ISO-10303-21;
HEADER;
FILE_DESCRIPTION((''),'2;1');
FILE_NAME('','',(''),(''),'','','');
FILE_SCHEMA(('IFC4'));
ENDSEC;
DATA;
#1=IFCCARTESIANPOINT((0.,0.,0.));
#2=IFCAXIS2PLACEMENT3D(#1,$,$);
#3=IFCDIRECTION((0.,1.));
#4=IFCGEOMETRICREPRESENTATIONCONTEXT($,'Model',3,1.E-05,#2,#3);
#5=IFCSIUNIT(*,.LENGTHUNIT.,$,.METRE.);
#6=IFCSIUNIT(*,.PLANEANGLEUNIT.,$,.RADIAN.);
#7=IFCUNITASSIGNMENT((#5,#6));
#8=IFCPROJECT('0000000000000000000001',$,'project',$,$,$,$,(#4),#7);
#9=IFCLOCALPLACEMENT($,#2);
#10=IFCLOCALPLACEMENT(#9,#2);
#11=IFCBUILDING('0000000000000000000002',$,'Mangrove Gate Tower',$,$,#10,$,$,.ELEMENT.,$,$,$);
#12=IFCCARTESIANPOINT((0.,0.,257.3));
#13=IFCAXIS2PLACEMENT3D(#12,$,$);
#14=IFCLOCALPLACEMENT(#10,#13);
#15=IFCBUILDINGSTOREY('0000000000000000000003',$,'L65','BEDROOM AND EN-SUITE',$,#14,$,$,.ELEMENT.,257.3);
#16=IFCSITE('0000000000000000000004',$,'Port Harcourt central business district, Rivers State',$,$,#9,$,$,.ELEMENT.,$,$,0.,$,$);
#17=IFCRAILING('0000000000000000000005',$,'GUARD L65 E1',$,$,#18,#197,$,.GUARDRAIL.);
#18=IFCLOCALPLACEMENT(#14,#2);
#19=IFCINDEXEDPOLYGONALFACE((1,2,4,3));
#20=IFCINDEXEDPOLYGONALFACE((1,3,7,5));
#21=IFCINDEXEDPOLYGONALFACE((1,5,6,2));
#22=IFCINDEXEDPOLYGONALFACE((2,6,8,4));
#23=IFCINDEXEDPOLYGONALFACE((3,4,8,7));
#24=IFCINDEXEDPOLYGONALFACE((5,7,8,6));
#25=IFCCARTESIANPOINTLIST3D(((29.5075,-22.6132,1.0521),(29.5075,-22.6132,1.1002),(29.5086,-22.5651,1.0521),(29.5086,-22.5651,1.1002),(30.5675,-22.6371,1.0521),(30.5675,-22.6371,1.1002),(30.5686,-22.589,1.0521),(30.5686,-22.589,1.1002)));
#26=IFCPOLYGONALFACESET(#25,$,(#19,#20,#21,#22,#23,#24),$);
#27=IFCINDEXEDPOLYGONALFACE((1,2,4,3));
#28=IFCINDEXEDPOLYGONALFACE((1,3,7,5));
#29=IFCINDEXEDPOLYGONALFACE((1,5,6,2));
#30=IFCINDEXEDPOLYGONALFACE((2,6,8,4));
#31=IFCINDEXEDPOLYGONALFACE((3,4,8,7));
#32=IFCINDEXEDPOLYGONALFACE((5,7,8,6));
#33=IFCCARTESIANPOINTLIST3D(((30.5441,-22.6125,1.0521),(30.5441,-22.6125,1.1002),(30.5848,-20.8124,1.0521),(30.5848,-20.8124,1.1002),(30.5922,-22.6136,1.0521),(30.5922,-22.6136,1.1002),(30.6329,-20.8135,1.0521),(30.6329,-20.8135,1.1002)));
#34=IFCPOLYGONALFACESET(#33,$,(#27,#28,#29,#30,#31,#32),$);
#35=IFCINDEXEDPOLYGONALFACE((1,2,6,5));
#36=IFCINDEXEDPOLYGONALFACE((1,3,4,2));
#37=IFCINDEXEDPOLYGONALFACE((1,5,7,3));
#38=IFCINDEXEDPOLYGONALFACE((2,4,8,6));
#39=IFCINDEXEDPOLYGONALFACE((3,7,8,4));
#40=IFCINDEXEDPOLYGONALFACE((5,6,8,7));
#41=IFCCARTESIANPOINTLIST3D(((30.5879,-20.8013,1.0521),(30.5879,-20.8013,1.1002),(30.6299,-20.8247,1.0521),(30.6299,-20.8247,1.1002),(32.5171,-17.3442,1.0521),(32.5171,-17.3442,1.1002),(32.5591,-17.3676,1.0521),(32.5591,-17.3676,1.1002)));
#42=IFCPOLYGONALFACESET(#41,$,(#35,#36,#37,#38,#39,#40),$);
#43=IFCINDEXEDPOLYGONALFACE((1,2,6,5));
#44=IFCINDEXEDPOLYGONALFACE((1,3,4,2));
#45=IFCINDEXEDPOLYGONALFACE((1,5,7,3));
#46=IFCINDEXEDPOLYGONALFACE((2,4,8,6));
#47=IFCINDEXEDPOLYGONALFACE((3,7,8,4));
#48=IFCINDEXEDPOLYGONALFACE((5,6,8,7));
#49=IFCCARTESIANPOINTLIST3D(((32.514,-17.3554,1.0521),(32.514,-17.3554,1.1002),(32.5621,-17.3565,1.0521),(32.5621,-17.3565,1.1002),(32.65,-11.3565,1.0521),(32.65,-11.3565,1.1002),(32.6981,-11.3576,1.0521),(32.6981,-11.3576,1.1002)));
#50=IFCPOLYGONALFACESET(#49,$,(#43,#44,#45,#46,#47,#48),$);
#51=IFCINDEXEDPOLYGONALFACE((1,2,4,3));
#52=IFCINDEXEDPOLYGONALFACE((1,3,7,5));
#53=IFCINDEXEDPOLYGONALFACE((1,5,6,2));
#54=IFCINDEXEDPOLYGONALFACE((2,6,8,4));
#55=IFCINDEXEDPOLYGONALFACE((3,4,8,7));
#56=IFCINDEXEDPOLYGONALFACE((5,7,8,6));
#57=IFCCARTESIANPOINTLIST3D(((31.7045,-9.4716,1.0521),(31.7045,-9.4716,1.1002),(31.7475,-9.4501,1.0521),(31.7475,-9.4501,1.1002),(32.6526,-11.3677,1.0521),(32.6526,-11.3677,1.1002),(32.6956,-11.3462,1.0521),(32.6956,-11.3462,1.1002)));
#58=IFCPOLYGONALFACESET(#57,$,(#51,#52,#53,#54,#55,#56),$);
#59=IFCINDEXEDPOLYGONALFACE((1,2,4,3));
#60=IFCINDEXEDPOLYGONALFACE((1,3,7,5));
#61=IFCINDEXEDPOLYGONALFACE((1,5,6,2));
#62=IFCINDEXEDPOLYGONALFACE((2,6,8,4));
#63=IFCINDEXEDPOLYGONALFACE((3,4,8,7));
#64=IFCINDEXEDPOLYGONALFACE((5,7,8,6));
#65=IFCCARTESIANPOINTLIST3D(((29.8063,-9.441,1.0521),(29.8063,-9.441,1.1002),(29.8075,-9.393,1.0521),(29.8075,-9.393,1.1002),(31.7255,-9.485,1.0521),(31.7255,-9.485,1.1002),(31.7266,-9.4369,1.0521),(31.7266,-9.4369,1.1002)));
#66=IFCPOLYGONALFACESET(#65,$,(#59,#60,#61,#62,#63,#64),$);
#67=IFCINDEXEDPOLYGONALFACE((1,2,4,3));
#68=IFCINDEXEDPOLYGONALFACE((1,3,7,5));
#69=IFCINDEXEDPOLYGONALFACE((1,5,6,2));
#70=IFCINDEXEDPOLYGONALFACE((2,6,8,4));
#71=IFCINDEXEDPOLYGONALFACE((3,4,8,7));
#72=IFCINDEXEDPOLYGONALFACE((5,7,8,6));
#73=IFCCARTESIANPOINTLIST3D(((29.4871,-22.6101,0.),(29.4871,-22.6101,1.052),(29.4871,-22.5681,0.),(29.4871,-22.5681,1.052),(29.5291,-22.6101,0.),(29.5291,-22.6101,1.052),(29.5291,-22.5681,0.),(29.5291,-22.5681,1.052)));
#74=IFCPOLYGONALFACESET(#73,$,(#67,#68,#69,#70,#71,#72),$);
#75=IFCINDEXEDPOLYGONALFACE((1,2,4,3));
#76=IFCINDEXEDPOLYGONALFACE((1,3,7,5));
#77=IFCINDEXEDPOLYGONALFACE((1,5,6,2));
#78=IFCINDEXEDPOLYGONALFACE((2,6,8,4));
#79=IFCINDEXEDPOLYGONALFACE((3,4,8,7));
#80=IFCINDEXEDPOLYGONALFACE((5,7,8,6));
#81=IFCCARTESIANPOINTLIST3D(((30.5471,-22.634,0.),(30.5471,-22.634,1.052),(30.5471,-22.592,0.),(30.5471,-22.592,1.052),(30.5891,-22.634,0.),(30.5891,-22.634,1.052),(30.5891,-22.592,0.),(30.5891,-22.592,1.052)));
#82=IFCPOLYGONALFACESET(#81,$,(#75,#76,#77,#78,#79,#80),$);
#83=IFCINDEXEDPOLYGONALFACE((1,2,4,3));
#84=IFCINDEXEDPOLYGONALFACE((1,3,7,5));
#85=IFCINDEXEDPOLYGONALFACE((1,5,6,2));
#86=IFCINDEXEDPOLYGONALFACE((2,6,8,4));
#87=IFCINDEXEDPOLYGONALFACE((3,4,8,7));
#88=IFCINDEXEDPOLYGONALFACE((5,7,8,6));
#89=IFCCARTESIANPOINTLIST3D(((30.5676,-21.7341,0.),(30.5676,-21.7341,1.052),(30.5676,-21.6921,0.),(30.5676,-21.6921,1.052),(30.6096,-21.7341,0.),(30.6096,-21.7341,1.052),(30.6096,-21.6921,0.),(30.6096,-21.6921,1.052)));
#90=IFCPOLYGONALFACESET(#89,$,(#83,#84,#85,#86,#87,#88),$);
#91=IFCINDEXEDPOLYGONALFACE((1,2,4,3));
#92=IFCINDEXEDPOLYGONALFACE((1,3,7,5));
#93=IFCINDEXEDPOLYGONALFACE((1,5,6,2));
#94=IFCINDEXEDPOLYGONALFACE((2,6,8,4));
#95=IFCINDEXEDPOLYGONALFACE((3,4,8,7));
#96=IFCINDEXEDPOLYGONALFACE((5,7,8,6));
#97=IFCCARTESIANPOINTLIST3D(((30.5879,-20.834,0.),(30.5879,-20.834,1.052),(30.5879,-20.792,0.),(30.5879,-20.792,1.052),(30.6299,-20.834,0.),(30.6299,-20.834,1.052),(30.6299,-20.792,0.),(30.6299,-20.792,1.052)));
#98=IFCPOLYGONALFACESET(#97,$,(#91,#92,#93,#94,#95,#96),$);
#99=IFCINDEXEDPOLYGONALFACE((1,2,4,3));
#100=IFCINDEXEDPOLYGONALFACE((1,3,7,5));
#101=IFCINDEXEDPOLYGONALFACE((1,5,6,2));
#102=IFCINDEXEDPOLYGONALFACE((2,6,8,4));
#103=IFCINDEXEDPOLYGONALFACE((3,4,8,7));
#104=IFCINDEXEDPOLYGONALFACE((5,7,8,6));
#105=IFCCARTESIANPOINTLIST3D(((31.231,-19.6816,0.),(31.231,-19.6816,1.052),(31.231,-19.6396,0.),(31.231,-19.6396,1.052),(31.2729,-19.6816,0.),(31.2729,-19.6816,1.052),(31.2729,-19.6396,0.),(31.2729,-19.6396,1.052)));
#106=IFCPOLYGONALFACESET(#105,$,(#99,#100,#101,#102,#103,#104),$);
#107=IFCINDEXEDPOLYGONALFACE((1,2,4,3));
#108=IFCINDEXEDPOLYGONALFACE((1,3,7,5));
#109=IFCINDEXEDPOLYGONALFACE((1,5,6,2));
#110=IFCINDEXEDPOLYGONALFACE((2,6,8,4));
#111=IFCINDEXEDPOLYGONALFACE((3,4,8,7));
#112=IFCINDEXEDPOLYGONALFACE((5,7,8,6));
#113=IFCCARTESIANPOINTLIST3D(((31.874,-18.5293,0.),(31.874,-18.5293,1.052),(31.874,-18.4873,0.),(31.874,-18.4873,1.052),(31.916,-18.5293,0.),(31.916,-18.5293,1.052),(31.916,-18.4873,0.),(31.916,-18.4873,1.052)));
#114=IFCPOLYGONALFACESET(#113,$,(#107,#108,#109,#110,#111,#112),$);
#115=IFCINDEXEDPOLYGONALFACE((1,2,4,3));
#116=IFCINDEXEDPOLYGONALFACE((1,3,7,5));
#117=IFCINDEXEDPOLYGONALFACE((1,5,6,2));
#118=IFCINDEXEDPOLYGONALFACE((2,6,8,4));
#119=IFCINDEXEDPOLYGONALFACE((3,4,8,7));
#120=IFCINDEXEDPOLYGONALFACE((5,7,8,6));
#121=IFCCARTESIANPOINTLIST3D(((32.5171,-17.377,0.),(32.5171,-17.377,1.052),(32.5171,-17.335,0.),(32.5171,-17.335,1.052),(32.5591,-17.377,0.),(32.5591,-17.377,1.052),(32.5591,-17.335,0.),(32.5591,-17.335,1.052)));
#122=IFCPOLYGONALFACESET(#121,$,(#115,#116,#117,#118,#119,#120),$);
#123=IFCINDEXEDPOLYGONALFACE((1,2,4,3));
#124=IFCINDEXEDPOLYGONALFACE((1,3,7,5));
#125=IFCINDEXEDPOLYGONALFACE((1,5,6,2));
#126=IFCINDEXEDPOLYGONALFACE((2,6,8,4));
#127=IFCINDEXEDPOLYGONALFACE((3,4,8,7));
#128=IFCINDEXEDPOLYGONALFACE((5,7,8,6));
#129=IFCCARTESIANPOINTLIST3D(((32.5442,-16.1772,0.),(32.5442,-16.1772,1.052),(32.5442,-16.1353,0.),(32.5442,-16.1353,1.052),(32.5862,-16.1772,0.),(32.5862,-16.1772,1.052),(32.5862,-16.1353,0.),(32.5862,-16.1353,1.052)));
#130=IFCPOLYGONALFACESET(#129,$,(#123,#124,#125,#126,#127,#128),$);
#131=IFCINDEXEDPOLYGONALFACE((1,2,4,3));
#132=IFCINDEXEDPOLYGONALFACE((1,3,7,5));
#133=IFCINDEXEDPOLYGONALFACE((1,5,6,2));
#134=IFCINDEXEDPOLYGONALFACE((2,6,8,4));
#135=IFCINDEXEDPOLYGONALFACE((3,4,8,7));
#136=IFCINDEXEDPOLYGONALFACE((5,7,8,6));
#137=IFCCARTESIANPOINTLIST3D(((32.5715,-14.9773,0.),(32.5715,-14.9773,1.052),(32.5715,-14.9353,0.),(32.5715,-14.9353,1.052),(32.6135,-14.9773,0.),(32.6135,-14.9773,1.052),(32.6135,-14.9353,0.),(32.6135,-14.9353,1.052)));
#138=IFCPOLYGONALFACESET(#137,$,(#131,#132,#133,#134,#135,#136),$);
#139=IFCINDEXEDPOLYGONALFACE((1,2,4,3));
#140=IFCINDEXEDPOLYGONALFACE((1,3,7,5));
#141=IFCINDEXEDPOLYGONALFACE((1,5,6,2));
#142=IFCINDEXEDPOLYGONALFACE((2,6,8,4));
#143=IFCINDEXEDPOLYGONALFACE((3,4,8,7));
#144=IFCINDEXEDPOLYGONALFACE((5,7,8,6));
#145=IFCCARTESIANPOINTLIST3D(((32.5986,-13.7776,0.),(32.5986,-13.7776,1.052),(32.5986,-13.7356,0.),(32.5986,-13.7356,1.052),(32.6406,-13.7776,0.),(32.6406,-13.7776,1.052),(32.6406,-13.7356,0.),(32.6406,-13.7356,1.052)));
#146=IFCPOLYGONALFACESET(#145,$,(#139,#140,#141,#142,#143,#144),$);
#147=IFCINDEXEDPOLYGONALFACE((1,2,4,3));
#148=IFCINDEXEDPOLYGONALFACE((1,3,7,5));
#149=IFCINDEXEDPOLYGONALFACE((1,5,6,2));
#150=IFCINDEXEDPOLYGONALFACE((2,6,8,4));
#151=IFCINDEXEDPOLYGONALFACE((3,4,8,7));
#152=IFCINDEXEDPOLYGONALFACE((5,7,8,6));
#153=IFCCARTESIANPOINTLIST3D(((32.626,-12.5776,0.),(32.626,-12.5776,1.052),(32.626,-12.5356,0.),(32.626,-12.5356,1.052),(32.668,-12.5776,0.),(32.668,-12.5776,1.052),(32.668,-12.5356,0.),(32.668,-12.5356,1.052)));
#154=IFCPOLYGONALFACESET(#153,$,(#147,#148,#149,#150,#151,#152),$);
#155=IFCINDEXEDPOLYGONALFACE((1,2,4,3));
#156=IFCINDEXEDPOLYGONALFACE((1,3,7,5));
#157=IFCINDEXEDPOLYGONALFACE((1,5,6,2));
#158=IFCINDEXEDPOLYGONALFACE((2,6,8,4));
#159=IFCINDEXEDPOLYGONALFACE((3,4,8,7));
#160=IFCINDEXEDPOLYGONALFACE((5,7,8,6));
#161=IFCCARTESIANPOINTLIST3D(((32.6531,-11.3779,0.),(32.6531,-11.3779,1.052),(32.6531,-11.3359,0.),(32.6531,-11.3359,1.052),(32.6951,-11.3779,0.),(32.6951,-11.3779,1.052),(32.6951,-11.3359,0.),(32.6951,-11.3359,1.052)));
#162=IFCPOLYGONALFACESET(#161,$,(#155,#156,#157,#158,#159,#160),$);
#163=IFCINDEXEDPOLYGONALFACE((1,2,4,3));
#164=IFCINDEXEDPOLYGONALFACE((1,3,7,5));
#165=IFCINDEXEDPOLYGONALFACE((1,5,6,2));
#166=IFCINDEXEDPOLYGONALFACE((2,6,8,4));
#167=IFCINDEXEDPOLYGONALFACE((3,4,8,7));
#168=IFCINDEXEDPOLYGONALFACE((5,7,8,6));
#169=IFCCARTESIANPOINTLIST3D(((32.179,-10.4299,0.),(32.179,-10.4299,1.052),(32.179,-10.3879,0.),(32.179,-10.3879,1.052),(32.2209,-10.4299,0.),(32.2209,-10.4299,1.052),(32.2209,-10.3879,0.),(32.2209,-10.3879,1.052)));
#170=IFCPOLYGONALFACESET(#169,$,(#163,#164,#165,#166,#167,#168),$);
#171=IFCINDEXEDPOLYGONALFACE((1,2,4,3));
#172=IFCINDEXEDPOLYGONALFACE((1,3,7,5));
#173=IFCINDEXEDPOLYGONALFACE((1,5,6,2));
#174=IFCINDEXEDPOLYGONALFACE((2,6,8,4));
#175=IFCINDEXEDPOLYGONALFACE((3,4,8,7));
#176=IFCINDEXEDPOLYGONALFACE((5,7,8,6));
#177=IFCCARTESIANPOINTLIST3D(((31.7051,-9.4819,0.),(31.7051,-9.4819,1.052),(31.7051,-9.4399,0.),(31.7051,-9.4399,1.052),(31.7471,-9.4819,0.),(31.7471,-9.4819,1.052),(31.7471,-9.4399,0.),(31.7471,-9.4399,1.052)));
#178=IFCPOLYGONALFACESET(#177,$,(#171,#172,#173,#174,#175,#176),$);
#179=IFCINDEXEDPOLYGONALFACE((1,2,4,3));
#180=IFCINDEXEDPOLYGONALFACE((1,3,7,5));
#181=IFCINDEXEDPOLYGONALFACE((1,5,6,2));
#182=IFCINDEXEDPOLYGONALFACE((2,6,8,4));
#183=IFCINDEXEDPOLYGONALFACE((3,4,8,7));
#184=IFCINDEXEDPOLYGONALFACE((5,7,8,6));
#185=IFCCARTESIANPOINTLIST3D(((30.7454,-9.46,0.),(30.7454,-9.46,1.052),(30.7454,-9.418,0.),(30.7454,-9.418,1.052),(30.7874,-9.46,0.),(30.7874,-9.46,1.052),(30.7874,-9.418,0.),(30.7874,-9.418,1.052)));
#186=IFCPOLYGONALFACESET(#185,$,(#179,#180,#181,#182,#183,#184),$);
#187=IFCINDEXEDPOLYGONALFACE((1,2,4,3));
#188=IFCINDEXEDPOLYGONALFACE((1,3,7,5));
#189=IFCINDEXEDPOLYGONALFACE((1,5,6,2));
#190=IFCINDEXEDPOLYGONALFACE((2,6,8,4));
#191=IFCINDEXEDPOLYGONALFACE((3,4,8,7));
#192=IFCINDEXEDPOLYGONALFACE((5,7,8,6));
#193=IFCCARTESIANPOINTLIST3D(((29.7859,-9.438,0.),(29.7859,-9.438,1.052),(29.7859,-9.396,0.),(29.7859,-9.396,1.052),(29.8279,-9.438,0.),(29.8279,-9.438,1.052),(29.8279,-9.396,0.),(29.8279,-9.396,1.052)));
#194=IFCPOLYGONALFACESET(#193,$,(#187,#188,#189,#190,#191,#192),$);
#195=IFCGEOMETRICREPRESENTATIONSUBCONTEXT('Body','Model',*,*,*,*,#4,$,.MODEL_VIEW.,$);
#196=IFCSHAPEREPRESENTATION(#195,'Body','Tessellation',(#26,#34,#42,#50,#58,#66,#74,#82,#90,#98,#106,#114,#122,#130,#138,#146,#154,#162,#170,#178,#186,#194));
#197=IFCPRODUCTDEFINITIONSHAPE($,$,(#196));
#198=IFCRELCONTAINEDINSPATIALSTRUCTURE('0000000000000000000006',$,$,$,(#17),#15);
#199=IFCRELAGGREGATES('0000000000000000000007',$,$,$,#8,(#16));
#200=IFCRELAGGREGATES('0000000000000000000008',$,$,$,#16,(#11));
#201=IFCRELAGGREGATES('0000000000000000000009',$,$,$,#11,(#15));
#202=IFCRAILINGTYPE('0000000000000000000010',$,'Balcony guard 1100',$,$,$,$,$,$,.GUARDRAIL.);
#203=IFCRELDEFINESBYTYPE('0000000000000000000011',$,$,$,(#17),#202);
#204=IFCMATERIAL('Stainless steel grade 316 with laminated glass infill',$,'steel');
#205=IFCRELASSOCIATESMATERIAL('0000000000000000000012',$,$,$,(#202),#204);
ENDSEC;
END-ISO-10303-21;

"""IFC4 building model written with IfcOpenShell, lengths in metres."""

from ifc_helpers import new_model, si_unit, direction, frame, origin, origin_2d, place, context, subcontext, project, spatial, rectangle, extrude, material, type_object, element, save


model = new_model("IFC4")

# Units and contexts
model_context = context("Model", 3, precision=1e-05, world=origin(), true_north=direction((0.0, 1.0)))
body_context = subcontext(model_context, "Body", "Model", "MODEL_VIEW")
ifc_project = project(units=[si_unit("LENGTHUNIT", "METRE"), si_unit("PLANEANGLEUNIT", "RADIAN")], contexts=[model_context])

# Site, building, storey
site_placement = place(None, origin())
site = spatial("IfcSite", under=ifc_project, at=site_placement, Name="Port Harcourt central business district, Rivers State", CompositionType="ELEMENT", RefElevation=0.0)
building_placement = place(site_placement, origin())
building = spatial("IfcBuilding", under=site, at=building_placement, Name="Mangrove Gate Tower", CompositionType="ELEMENT")
storey_placement = place(building_placement, frame((0.0, 0.0, 257.3)))
storey = spatial("IfcBuildingStorey", under=building, at=storey_placement, Name="L65", Description="BEDROOM AND EN-SUITE", CompositionType="ELEMENT", Elevation=257.3)

# Railing
ifc_material_1 = material(Name="Stainless steel grade 316 with laminated glass infill", Category="steel")
railing_type = type_object("IfcRailingType", Name="Balcony guard 1100", PredefinedType="GUARDRAIL", material=ifc_material_1)
railing_placement = place(storey_placement, frame((29.5081, -22.5891, 0.0)))
element("IfcRailing", 1, at=railing_placement, inside=storey, type_object=railing_type, Name="GUARD L65 E1", PredefinedType="GUARDRAIL", context=body_context, shape_type="SweptSolid", body=[
    extrude(rectangle(XDim=0.0481, YDim=0.0481, at=origin_2d()), frame((0.0, 0.0, 1.0762), z_axis=(0.999745, -0.022564, 0.0), x_axis=(0.022564, 0.999745, 0.0)), (0.0, 0.0, 1.0), 1.0603),
    extrude(rectangle(XDim=0.0481, YDim=0.0481, at=origin_2d()), frame((1.0601, -0.0239, 1.0762), z_axis=(0.022644, 0.999744, 0.0), x_axis=(-0.999744, 0.022644, 0.0)), (0.0, 0.0, 1.0), 1.8005),
    extrude(rectangle(XDim=0.0481, YDim=0.0481, at=origin_2d()), frame((1.1008, 1.7761, 1.0762), z_axis=(0.487307, 0.873231, 0.0), x_axis=(-0.873231, 0.487307, 0.0)), (0.0, 0.0, 1.0), 3.959),
    extrude(rectangle(XDim=0.0481, YDim=0.0481, at=origin_2d()), frame((3.03, 5.2332, 1.0762), z_axis=(0.022662, 0.999743, 0.0), x_axis=(-0.999743, 0.022662, 0.0)), (0.0, 0.0, 1.0), 6.0005),
    extrude(rectangle(XDim=0.0481, YDim=0.0481, at=origin_2d()), frame((3.166, 11.2322, 1.0762), z_axis=(-0.447214, 0.894427, 0.0), x_axis=(-0.894427, -0.447214, 0.0)), (0.0, 0.0, 1.0), 2.1199),
    extrude(rectangle(XDim=0.0481, YDim=0.0481, at=origin_2d()), frame((2.218, 13.1282, 1.0762), z_axis=(-0.999738, 0.022892, 0.0), x_axis=(-0.022892, -0.999738, 0.0)), (0.0, 0.0, 1.0), 1.9197),
    extrude(rectangle(XDim=0.042, YDim=0.042, at=origin_2d()), origin(), (0.0, 0.0, 1.0), 1.052),
    extrude(rectangle(XDim=0.042, YDim=0.042, at=origin_2d()), frame((1.0601, -0.0239, 0.0)), (0.0, 0.0, 1.0), 1.052),
    extrude(rectangle(XDim=0.042, YDim=0.042, at=origin_2d()), frame((1.0806, 0.876, 0.0)), (0.0, 0.0, 1.0), 1.052),
    extrude(rectangle(XDim=0.042, YDim=0.042, at=origin_2d()), frame((1.1008, 1.7761, 0.0)), (0.0, 0.0, 1.0), 1.052),
    extrude(rectangle(XDim=0.042, YDim=0.042, at=origin_2d()), frame((1.7439, 2.9285, 0.0)), (0.0, 0.0, 1.0), 1.052),
    extrude(rectangle(XDim=0.042, YDim=0.042, at=origin_2d()), frame((2.387, 4.0808, 0.0)), (0.0, 0.0, 1.0), 1.052),
    extrude(rectangle(XDim=0.042, YDim=0.042, at=origin_2d()), frame((3.03, 5.2332, 0.0)), (0.0, 0.0, 1.0), 1.052),
    extrude(rectangle(XDim=0.042, YDim=0.042, at=origin_2d()), frame((3.0571, 6.4329, 0.0)), (0.0, 0.0, 1.0), 1.052),
    extrude(rectangle(XDim=0.042, YDim=0.042, at=origin_2d()), frame((3.0845, 7.6328, 0.0)), (0.0, 0.0, 1.0), 1.052),
    extrude(rectangle(XDim=0.042, YDim=0.042, at=origin_2d()), frame((3.1116, 8.8325, 0.0)), (0.0, 0.0, 1.0), 1.052),
    extrude(rectangle(XDim=0.042, YDim=0.042, at=origin_2d()), frame((3.1389, 10.0325, 0.0)), (0.0, 0.0, 1.0), 1.052),
    extrude(rectangle(XDim=0.042, YDim=0.042, at=origin_2d()), frame((3.166, 11.2322, 0.0)), (0.0, 0.0, 1.0), 1.052),
    extrude(rectangle(XDim=0.042, YDim=0.042, at=origin_2d()), frame((2.6919, 12.1802, 0.0)), (0.0, 0.0, 1.0), 1.052),
    extrude(rectangle(XDim=0.042, YDim=0.042, at=origin_2d()), frame((2.218, 13.1282, 0.0)), (0.0, 0.0, 1.0), 1.052),
    extrude(rectangle(XDim=0.042, YDim=0.042, at=origin_2d()), frame((1.2583, 13.1501, 0.0)), (0.0, 0.0, 1.0), 1.052),
    extrude(rectangle(XDim=0.042, YDim=0.042, at=origin_2d()), frame((0.2988, 13.1721, 0.0)), (0.0, 0.0, 1.0), 1.052),
])

save(model, "model.ifc")
